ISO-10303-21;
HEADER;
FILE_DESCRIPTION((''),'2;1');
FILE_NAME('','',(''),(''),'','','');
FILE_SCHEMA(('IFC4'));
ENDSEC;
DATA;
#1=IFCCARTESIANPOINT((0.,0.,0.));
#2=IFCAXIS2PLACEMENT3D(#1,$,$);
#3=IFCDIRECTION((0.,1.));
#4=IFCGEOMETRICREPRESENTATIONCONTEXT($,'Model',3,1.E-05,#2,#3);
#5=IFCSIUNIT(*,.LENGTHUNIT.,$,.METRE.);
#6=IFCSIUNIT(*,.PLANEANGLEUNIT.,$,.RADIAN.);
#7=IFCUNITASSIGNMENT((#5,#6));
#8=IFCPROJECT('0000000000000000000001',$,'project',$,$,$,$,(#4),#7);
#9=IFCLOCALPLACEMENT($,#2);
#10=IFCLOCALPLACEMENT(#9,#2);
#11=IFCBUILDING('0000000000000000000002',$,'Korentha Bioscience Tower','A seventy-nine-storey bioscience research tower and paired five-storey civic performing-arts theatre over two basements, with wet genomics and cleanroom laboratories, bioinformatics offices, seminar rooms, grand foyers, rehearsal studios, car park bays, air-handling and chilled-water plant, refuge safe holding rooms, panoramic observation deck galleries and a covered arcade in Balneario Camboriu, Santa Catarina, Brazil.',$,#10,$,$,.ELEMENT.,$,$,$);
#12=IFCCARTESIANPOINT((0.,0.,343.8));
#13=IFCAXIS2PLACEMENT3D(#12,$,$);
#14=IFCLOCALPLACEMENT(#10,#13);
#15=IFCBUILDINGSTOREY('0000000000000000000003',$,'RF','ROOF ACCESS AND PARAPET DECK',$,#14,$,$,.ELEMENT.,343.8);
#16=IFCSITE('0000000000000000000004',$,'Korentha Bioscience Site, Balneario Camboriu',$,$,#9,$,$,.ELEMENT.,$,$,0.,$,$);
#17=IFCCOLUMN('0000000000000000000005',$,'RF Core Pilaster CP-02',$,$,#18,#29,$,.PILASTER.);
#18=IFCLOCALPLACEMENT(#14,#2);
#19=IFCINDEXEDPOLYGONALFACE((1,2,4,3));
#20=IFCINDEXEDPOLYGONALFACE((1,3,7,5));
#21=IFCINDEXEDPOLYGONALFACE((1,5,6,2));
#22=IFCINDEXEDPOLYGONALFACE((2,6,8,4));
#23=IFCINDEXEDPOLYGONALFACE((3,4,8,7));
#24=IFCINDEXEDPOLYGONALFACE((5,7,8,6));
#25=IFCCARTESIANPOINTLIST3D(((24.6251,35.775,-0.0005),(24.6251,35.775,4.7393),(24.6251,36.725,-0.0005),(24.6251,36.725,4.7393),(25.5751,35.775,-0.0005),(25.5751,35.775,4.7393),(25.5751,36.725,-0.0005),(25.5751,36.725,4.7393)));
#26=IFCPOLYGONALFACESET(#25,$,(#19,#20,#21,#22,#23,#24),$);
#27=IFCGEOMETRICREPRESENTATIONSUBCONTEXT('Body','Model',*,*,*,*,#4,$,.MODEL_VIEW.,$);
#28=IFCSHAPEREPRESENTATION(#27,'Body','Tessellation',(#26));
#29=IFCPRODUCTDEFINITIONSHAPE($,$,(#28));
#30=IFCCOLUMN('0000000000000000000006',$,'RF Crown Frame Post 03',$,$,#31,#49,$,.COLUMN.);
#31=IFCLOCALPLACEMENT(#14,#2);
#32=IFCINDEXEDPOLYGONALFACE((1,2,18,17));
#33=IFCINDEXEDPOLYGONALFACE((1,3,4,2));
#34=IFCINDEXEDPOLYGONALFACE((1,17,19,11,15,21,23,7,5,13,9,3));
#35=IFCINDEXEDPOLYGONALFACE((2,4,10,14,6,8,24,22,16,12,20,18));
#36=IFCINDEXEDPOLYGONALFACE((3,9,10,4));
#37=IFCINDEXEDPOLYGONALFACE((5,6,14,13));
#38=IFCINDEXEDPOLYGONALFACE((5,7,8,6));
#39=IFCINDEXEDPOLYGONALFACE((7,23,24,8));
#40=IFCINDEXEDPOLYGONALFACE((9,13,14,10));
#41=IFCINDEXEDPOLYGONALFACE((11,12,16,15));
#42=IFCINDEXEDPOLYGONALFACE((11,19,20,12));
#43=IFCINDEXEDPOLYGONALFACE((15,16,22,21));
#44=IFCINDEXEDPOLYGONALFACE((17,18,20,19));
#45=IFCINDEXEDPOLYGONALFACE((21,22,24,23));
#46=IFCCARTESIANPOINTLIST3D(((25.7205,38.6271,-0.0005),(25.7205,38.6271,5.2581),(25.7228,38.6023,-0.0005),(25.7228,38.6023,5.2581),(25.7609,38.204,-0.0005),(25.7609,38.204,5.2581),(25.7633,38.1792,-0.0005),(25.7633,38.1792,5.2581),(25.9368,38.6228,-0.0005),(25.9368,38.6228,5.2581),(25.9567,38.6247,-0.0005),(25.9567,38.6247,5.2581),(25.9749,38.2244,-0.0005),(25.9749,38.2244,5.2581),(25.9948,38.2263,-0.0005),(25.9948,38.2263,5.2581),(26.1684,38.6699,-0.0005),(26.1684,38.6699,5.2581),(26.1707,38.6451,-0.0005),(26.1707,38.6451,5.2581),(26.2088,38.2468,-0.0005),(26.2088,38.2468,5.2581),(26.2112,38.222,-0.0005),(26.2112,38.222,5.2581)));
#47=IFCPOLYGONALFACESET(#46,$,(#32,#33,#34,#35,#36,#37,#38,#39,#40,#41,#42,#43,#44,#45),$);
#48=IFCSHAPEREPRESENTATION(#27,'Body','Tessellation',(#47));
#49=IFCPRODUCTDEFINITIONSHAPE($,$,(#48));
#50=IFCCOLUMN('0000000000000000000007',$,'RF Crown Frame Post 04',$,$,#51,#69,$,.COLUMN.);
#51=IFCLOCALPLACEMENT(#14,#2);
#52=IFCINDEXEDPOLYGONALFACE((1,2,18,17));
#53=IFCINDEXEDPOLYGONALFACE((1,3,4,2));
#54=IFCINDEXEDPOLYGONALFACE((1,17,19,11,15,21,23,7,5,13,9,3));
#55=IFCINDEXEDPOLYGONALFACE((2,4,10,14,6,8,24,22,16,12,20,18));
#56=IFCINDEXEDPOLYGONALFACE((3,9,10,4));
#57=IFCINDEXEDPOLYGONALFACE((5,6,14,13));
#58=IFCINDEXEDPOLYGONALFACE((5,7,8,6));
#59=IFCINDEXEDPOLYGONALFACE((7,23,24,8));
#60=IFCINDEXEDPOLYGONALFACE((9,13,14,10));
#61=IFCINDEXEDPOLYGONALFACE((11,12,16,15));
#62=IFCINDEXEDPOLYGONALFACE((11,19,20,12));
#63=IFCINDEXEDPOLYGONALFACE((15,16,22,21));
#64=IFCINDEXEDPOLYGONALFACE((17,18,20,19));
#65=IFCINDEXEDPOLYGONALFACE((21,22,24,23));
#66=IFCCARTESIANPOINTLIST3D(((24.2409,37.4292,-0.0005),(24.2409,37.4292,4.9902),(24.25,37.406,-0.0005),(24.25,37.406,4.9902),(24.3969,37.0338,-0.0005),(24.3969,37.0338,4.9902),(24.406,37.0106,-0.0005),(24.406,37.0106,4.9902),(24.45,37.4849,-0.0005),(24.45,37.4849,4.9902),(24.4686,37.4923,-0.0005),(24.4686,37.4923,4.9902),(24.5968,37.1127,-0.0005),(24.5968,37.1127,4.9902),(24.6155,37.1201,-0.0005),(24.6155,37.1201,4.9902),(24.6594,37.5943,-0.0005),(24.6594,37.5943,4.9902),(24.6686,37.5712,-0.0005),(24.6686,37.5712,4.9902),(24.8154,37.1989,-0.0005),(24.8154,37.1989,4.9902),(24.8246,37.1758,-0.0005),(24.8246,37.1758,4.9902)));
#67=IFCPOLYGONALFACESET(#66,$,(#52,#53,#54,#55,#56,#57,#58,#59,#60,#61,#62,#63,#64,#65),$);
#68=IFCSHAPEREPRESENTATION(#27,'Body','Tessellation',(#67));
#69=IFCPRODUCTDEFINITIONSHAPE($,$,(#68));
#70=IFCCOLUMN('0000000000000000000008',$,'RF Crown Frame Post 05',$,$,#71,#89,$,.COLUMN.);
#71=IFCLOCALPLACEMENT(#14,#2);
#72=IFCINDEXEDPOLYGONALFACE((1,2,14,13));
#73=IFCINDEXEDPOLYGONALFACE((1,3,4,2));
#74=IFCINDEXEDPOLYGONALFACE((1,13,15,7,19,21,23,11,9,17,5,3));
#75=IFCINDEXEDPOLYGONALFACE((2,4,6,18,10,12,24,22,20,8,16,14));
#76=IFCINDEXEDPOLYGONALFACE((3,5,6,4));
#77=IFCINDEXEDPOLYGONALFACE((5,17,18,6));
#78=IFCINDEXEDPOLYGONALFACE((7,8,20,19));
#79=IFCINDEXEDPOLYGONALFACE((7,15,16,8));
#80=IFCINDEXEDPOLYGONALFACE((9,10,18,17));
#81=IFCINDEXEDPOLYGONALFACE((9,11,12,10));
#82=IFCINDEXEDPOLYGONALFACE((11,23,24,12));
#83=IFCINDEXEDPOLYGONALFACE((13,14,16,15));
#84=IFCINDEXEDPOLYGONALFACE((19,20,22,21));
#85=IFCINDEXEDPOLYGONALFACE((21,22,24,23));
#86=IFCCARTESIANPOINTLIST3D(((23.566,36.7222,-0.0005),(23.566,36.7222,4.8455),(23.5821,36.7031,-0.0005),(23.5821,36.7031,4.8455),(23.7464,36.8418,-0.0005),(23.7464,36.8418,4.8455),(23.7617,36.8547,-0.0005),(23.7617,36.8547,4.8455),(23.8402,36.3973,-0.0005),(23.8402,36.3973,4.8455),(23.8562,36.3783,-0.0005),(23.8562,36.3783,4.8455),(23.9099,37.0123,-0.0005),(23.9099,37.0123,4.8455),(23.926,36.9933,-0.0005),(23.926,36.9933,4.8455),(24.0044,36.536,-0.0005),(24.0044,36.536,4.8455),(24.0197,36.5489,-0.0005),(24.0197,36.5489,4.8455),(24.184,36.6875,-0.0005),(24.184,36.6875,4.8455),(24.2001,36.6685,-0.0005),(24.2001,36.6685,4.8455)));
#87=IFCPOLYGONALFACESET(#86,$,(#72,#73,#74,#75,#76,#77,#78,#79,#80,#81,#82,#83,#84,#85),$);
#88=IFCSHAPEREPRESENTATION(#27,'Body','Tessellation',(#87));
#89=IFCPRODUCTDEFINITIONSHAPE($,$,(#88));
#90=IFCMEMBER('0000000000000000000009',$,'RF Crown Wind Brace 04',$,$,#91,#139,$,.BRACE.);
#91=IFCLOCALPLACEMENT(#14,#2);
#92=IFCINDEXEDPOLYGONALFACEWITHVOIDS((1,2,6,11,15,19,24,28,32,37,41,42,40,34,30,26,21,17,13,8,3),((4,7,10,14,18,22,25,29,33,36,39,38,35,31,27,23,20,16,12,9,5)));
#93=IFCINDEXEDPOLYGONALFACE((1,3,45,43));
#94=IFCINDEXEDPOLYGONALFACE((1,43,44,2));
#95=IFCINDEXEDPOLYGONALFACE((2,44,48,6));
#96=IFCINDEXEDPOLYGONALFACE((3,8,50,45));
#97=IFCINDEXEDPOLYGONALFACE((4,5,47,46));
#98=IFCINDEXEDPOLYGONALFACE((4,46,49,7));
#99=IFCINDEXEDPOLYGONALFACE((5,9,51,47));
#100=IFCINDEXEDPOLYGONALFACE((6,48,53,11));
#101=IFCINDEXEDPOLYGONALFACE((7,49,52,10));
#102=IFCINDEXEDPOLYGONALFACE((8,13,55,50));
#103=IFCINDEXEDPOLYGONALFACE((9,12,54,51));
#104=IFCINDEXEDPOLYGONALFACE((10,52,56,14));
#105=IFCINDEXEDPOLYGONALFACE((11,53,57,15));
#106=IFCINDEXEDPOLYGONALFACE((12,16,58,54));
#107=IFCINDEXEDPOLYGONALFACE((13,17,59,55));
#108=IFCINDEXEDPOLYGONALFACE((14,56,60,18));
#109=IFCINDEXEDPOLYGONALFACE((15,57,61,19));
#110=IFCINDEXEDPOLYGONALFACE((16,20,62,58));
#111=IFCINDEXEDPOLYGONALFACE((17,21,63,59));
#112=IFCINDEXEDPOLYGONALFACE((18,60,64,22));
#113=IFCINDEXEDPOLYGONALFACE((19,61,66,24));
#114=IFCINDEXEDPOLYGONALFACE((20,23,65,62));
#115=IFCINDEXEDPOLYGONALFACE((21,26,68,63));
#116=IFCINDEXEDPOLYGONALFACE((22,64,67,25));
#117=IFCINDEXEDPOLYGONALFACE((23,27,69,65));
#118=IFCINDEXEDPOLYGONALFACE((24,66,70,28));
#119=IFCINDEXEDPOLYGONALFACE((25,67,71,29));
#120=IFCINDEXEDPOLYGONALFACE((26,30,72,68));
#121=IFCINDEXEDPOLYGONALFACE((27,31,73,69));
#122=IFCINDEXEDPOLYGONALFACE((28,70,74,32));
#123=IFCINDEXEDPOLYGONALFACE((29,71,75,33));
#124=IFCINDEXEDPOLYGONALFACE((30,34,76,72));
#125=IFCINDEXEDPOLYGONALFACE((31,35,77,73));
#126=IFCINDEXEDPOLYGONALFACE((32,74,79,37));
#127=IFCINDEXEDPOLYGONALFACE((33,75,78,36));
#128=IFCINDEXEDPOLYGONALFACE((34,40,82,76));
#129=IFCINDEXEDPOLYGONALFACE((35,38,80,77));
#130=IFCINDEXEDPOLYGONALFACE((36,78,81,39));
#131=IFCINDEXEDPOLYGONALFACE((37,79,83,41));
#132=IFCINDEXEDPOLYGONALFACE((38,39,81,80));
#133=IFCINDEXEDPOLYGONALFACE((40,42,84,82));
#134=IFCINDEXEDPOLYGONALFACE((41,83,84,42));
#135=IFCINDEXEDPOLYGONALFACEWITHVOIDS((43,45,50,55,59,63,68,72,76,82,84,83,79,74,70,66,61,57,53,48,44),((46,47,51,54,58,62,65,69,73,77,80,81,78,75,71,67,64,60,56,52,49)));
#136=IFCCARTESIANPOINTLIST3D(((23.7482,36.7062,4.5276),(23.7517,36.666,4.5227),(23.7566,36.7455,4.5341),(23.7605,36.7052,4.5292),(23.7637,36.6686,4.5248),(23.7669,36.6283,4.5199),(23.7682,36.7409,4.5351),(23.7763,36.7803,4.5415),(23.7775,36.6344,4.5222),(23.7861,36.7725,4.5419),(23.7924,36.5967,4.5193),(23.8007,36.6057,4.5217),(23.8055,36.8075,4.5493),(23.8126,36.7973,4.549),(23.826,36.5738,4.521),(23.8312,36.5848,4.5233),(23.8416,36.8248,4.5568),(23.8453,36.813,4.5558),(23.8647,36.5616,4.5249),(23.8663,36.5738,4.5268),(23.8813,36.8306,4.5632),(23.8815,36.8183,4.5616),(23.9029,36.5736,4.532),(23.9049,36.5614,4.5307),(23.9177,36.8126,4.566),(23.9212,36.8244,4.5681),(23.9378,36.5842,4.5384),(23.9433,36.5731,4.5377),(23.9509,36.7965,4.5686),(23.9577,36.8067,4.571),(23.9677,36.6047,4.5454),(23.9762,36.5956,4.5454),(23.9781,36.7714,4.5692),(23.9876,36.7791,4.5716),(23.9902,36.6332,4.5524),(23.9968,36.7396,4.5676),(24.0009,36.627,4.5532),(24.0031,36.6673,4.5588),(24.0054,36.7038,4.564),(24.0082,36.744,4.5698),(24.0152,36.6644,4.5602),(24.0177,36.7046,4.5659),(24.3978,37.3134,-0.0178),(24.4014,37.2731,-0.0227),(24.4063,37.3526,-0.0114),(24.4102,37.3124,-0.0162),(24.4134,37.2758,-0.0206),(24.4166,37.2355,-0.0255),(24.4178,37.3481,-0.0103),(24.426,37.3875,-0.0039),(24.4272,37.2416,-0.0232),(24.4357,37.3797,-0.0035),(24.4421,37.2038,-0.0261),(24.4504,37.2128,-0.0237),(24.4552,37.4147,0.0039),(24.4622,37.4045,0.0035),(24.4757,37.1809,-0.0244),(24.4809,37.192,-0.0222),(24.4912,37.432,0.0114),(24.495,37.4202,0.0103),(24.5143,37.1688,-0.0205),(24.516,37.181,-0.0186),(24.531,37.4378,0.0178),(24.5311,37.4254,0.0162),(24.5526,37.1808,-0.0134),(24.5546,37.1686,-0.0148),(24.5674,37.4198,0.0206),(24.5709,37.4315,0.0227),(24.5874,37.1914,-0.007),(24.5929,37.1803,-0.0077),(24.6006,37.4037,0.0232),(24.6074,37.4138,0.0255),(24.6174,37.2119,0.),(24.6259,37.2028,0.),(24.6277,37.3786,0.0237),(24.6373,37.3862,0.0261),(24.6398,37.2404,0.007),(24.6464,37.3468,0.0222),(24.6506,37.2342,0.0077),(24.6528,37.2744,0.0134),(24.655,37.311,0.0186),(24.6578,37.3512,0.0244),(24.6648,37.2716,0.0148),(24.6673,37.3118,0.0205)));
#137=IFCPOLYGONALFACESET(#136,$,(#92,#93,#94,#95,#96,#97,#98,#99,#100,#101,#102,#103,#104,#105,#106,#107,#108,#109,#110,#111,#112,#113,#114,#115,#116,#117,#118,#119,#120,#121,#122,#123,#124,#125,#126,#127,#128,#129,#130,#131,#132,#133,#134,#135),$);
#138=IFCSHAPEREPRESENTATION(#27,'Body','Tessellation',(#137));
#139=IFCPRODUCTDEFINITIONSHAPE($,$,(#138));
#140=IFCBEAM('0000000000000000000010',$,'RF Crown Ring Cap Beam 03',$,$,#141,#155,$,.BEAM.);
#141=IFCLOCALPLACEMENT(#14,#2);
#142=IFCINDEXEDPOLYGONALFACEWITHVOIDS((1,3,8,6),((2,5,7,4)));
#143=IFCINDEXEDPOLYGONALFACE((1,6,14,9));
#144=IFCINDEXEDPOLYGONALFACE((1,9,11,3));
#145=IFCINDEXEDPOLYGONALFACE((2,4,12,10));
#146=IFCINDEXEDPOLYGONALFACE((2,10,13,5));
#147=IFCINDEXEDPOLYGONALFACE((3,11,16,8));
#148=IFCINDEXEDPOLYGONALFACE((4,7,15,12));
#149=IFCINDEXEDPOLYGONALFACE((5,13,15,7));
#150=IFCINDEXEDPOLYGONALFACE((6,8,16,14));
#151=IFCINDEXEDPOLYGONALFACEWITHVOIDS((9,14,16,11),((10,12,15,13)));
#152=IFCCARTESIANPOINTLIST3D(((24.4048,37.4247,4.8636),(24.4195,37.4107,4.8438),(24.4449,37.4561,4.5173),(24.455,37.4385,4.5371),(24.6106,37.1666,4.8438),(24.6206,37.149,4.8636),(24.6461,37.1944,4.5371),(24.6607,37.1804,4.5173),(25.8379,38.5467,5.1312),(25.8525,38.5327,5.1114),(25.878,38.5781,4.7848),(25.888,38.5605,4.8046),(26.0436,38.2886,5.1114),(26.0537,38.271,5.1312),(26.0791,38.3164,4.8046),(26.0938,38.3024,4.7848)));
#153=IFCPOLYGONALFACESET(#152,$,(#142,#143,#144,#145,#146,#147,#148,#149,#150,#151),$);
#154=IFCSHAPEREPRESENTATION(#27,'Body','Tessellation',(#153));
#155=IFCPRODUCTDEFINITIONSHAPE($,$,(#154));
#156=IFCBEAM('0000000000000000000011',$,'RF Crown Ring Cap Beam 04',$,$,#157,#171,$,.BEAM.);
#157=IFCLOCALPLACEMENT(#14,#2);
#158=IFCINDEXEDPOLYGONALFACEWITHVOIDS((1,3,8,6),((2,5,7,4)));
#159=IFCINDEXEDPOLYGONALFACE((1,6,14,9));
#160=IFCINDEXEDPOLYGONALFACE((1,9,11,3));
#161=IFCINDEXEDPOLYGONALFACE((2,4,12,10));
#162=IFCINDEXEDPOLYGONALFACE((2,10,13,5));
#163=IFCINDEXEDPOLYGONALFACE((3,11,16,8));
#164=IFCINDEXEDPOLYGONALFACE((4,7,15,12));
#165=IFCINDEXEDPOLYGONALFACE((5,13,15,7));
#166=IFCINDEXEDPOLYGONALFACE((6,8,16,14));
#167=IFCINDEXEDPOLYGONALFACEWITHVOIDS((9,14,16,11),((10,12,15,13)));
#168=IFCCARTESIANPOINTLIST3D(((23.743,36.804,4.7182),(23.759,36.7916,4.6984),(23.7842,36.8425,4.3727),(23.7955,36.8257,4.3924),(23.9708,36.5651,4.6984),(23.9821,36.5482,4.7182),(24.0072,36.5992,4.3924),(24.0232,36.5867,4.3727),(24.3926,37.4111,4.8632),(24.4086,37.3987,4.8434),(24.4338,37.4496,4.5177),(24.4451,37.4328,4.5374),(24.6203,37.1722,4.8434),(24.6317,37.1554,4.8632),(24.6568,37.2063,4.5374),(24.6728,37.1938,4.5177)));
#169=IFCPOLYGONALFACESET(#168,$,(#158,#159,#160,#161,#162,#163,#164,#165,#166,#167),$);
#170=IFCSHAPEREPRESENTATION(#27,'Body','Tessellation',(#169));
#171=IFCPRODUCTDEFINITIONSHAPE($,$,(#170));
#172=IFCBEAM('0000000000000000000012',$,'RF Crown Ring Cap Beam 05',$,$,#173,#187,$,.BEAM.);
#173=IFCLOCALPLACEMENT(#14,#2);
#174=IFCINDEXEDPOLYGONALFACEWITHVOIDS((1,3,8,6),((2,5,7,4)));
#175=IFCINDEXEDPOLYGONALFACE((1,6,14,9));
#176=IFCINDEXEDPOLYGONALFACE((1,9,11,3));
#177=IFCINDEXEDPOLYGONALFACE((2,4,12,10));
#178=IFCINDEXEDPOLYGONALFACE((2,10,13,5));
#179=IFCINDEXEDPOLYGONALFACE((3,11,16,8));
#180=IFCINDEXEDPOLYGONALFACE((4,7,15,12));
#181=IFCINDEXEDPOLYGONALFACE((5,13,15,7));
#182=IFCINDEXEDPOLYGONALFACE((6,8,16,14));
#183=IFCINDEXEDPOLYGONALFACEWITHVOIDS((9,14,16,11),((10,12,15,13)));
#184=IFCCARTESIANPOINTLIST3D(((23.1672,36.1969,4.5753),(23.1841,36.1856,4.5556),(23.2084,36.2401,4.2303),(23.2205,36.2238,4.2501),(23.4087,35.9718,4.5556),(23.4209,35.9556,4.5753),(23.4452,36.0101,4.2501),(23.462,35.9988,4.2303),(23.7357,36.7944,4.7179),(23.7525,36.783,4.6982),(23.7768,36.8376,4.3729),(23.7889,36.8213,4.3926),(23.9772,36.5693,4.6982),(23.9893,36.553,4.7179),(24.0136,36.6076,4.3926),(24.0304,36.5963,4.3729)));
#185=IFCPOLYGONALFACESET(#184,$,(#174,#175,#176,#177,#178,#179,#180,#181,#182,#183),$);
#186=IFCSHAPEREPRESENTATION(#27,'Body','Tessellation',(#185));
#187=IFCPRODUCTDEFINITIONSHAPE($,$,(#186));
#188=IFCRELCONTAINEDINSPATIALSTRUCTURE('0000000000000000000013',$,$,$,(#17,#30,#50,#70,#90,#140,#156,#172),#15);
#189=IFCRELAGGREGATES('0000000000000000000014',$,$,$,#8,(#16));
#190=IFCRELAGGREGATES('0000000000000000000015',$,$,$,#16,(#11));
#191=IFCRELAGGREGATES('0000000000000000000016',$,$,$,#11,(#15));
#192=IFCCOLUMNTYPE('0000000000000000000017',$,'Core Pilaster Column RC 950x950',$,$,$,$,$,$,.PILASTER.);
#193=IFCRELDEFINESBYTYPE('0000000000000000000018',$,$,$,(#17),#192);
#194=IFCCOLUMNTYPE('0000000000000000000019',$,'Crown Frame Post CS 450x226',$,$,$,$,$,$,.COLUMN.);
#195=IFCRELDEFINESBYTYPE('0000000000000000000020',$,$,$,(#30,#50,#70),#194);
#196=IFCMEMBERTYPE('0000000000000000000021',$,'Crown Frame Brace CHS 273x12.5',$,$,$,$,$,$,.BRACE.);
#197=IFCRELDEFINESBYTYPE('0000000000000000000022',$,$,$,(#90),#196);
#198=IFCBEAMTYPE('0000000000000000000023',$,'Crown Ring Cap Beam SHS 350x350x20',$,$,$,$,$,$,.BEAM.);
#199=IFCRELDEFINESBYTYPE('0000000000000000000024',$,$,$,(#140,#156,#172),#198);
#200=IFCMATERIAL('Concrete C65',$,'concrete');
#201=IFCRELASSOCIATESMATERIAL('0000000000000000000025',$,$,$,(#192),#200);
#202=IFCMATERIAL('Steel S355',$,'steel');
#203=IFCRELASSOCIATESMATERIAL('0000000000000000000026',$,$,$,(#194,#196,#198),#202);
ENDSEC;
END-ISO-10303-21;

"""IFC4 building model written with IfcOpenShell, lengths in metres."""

from ifc_helpers import new_model, si_unit, direction, frame, origin, origin_2d, place, context, subcontext, project, spatial, rectangle, hollow_rectangle, hollow_circle, i_section, extrude, material, material_profile, profile_set, type_object, element, save


model = new_model("IFC4")

# Units and contexts
model_context = context("Model", 3, precision=1e-05, world=origin(), true_north=direction((0.0, 1.0)))
body_context = subcontext(model_context, "Body", "Model", "MODEL_VIEW")
ifc_project = project(units=[si_unit("LENGTHUNIT", "METRE"), si_unit("PLANEANGLEUNIT", "RADIAN")], contexts=[model_context])

# Site, building, storey
site_placement = place(None, origin())
site = spatial("IfcSite", under=ifc_project, at=site_placement, Name="Korentha Bioscience Site, Balneario Camboriu", CompositionType="ELEMENT", RefElevation=0.0)
building_placement = place(site_placement, origin())
building = spatial("IfcBuilding", under=site, at=building_placement, Name="Korentha Bioscience Tower", Description="A seventy-nine-storey bioscience research tower and paired five-storey civic performing-arts theatre over two basements, with wet genomics and cleanroom laboratories, bioinformatics offices, seminar rooms, grand foyers, rehearsal studios, car park bays, air-handling and chilled-water plant, refuge safe holding rooms, panoramic observation deck galleries and a covered arcade in Balneario Camboriu, Santa Catarina, Brazil.", CompositionType="ELEMENT")
storey_placement = place(building_placement, frame((0.0, 0.0, 343.8)))
storey = spatial("IfcBuildingStorey", under=building, at=storey_placement, Name="RF", Description="ROOF ACCESS AND PARAPET DECK", CompositionType="ELEMENT", Elevation=343.8)

# Columns
ifc_material_1 = material(Name="Concrete C65", Category="concrete")
ifc_material_profile_1 = material_profile(ifc_material_1, rectangle(XDim=0.95, YDim=0.95, at=origin_2d()), Name="Concrete C65")
ifc_profile_set_1 = profile_set([ifc_material_profile_1], Name="Concrete C65 (COL-CP09)")
column_type_1 = type_object("IfcColumnType", Name="Core Pilaster Column RC 950x950", PredefinedType="PILASTER", material=ifc_profile_set_1)
column_1_placement = place(storey_placement, frame((25.1001, 36.25, -0.0005), z_axis=(0.0, 0.0, 1.0), x_axis=(1.0, 0.0, 0.0)))
element("IfcColumn", 1, at=column_1_placement, inside=storey, type_object=column_type_1, Name="RF Core Pilaster CP-02", PredefinedType="PILASTER", context=body_context, shape_type="SweptSolid", body=[
    extrude(rectangle(XDim=0.95, YDim=0.95, at=origin_2d()), origin(), (0.0, 0.0, 1.0), 4.7397),
])
ifc_material_2 = material(Name="Steel S355", Category="steel")
ifc_material_profile_2 = material_profile(ifc_material_2, i_section(OverallWidth=0.45, OverallDepth=0.45, WebThickness=0.02, FlangeThickness=0.0249, at=origin_2d()), Name="Steel S355")
ifc_profile_set_2 = profile_set([ifc_material_profile_2], Name="Steel S355 (CF-C1)")
column_type_2 = type_object("IfcColumnType", Name="Crown Frame Post CS 450x226", PredefinedType="COLUMN", material=ifc_profile_set_2)
column_2_placement = place(storey_placement, frame((25.9658, 38.4246, -0.0005), z_axis=(0.0, 0.0, 1.0), x_axis=(0.995463, 0.095151, 0.0)))
element("IfcColumn", 2, at=column_2_placement, inside=storey, type_object=column_type_2, Name="RF Crown Frame Post 03", PredefinedType="COLUMN", context=body_context, shape_type="SweptSolid", body=[
    extrude(i_section(OverallWidth=0.45, OverallDepth=0.45, WebThickness=0.02, FlangeThickness=0.0249, at=origin_2d()), origin(), (0.0, 0.0, 1.0), 5.2585),
])
column_3_placement = place(storey_placement, frame((24.5327, 37.3025, -0.0005), z_axis=(0.0, 0.0, 1.0), x_axis=(0.930226, 0.366988, 0.0)))
element("IfcColumn", 3, at=column_3_placement, inside=storey, type_object=column_type_2, Name="RF Crown Frame Post 04", PredefinedType="COLUMN", context=body_context, shape_type="SweptSolid", body=[
    extrude(i_section(OverallWidth=0.45, OverallDepth=0.45, WebThickness=0.02, FlangeThickness=0.0249, at=origin_2d()), origin(), (0.0, 0.0, 1.0), 4.9907),
])
column_4_placement = place(storey_placement, frame((23.8831, 36.6953, -0.0005), z_axis=(0.0, 0.0, 1.0), x_axis=(0.764246, 0.644924, 0.0)))
element("IfcColumn", 4, at=column_4_placement, inside=storey, type_object=column_type_2, Name="RF Crown Frame Post 05", PredefinedType="COLUMN", context=body_context, shape_type="SweptSolid", body=[
    extrude(i_section(OverallWidth=0.45, OverallDepth=0.45, WebThickness=0.02, FlangeThickness=0.0249, at=origin_2d()), origin(), (0.0, 0.0, 1.0), 4.8459),
])

# Member
ifc_material_profile_3 = material_profile(ifc_material_2, hollow_circle(Radius=0.1365, WallThickness=0.0125, at=origin_2d()), Name="Steel S355")
ifc_profile_set_3 = profile_set([ifc_material_profile_3], Name="Steel S355 (CF-BR273)")
member_type_1 = type_object("IfcMemberType", Name="Crown Frame Brace CHS 273x12.5", PredefinedType="BRACE", material=ifc_profile_set_3)
member_1_placement = place(storey_placement, frame((24.5327, 37.3025, 0.0), z_axis=(-0.140267, -0.131095, 0.981397), x_axis=(0.682817, -0.730589, 0.0)))
element("IfcMember", 5, at=member_1_placement, inside=storey, type_object=member_type_1, Name="RF Crown Wind Brace 04", PredefinedType="BRACE", context=body_context, shape_type="SweptSolid", body=[
    extrude(hollow_circle(Radius=0.1365, WallThickness=0.0125, at=origin_2d()), origin(), (0.0, 0.0, 1.0), 4.6316),
])

# Beams
ifc_material_profile_4 = material_profile(ifc_material_2, hollow_rectangle(XDim=0.3501, YDim=0.3501, WallThickness=0.02, at=origin_2d()), Name="Steel S355")
ifc_profile_set_4 = profile_set([ifc_material_profile_4], Name="Steel S355 (CF-RB1)")
beam_type = type_object("IfcBeamType", Name="Crown Ring Cap Beam SHS 350x350x20", PredefinedType="BEAM", material=ifc_profile_set_4)
beam_1_placement = place(storey_placement, frame((25.9658, 38.4246, 4.958), z_axis=(-0.778996, -0.609926, -0.145448), x_axis=(0.616482, -0.787369, 0.0)))
element("IfcBeam", 6, at=beam_1_placement, inside=storey, type_object=beam_type, Name="RF Crown Ring Cap Beam 03", PredefinedType="BEAM", context=body_context, shape_type="SweptSolid", body=[
    extrude(hollow_rectangle(XDim=0.3501, YDim=0.3501, WallThickness=0.02, at=origin_2d()), origin(), (0.0, 0.0, 1.0), 1.8396),
])
beam_2_placement = place(storey_placement, frame((24.5327, 37.3025, 4.6904), z_axis=(-0.721063, -0.673914, -0.160959), x_axis=(0.682817, -0.730589, 0.0)))
element("IfcBeam", 7, at=beam_2_placement, inside=storey, type_object=beam_type, Name="RF Crown Ring Cap Beam 04", PredefinedType="BEAM", context=body_context, shape_type="SweptSolid", body=[
    extrude(hollow_rectangle(XDim=0.3501, YDim=0.3501, WallThickness=0.02, at=origin_2d()), origin(), (0.0, 0.0, 1.0), 0.9009),
])
beam_3_placement = place(storey_placement, frame((23.8831, 36.6953, 4.5454), z_axis=(-0.679192, -0.71391, -0.170382), x_axis=(0.724504, -0.689271, 0.0)))
element("IfcBeam", 8, at=beam_3_placement, inside=storey, type_object=beam_type, Name="RF Crown Ring Cap Beam 05", PredefinedType="BEAM", context=body_context, shape_type="SweptSolid", body=[
    extrude(hollow_rectangle(XDim=0.3501, YDim=0.3501, WallThickness=0.02, at=origin_2d()), origin(), (0.0, 0.0, 1.0), 0.8369),
])

save(model, "model.ifc")
